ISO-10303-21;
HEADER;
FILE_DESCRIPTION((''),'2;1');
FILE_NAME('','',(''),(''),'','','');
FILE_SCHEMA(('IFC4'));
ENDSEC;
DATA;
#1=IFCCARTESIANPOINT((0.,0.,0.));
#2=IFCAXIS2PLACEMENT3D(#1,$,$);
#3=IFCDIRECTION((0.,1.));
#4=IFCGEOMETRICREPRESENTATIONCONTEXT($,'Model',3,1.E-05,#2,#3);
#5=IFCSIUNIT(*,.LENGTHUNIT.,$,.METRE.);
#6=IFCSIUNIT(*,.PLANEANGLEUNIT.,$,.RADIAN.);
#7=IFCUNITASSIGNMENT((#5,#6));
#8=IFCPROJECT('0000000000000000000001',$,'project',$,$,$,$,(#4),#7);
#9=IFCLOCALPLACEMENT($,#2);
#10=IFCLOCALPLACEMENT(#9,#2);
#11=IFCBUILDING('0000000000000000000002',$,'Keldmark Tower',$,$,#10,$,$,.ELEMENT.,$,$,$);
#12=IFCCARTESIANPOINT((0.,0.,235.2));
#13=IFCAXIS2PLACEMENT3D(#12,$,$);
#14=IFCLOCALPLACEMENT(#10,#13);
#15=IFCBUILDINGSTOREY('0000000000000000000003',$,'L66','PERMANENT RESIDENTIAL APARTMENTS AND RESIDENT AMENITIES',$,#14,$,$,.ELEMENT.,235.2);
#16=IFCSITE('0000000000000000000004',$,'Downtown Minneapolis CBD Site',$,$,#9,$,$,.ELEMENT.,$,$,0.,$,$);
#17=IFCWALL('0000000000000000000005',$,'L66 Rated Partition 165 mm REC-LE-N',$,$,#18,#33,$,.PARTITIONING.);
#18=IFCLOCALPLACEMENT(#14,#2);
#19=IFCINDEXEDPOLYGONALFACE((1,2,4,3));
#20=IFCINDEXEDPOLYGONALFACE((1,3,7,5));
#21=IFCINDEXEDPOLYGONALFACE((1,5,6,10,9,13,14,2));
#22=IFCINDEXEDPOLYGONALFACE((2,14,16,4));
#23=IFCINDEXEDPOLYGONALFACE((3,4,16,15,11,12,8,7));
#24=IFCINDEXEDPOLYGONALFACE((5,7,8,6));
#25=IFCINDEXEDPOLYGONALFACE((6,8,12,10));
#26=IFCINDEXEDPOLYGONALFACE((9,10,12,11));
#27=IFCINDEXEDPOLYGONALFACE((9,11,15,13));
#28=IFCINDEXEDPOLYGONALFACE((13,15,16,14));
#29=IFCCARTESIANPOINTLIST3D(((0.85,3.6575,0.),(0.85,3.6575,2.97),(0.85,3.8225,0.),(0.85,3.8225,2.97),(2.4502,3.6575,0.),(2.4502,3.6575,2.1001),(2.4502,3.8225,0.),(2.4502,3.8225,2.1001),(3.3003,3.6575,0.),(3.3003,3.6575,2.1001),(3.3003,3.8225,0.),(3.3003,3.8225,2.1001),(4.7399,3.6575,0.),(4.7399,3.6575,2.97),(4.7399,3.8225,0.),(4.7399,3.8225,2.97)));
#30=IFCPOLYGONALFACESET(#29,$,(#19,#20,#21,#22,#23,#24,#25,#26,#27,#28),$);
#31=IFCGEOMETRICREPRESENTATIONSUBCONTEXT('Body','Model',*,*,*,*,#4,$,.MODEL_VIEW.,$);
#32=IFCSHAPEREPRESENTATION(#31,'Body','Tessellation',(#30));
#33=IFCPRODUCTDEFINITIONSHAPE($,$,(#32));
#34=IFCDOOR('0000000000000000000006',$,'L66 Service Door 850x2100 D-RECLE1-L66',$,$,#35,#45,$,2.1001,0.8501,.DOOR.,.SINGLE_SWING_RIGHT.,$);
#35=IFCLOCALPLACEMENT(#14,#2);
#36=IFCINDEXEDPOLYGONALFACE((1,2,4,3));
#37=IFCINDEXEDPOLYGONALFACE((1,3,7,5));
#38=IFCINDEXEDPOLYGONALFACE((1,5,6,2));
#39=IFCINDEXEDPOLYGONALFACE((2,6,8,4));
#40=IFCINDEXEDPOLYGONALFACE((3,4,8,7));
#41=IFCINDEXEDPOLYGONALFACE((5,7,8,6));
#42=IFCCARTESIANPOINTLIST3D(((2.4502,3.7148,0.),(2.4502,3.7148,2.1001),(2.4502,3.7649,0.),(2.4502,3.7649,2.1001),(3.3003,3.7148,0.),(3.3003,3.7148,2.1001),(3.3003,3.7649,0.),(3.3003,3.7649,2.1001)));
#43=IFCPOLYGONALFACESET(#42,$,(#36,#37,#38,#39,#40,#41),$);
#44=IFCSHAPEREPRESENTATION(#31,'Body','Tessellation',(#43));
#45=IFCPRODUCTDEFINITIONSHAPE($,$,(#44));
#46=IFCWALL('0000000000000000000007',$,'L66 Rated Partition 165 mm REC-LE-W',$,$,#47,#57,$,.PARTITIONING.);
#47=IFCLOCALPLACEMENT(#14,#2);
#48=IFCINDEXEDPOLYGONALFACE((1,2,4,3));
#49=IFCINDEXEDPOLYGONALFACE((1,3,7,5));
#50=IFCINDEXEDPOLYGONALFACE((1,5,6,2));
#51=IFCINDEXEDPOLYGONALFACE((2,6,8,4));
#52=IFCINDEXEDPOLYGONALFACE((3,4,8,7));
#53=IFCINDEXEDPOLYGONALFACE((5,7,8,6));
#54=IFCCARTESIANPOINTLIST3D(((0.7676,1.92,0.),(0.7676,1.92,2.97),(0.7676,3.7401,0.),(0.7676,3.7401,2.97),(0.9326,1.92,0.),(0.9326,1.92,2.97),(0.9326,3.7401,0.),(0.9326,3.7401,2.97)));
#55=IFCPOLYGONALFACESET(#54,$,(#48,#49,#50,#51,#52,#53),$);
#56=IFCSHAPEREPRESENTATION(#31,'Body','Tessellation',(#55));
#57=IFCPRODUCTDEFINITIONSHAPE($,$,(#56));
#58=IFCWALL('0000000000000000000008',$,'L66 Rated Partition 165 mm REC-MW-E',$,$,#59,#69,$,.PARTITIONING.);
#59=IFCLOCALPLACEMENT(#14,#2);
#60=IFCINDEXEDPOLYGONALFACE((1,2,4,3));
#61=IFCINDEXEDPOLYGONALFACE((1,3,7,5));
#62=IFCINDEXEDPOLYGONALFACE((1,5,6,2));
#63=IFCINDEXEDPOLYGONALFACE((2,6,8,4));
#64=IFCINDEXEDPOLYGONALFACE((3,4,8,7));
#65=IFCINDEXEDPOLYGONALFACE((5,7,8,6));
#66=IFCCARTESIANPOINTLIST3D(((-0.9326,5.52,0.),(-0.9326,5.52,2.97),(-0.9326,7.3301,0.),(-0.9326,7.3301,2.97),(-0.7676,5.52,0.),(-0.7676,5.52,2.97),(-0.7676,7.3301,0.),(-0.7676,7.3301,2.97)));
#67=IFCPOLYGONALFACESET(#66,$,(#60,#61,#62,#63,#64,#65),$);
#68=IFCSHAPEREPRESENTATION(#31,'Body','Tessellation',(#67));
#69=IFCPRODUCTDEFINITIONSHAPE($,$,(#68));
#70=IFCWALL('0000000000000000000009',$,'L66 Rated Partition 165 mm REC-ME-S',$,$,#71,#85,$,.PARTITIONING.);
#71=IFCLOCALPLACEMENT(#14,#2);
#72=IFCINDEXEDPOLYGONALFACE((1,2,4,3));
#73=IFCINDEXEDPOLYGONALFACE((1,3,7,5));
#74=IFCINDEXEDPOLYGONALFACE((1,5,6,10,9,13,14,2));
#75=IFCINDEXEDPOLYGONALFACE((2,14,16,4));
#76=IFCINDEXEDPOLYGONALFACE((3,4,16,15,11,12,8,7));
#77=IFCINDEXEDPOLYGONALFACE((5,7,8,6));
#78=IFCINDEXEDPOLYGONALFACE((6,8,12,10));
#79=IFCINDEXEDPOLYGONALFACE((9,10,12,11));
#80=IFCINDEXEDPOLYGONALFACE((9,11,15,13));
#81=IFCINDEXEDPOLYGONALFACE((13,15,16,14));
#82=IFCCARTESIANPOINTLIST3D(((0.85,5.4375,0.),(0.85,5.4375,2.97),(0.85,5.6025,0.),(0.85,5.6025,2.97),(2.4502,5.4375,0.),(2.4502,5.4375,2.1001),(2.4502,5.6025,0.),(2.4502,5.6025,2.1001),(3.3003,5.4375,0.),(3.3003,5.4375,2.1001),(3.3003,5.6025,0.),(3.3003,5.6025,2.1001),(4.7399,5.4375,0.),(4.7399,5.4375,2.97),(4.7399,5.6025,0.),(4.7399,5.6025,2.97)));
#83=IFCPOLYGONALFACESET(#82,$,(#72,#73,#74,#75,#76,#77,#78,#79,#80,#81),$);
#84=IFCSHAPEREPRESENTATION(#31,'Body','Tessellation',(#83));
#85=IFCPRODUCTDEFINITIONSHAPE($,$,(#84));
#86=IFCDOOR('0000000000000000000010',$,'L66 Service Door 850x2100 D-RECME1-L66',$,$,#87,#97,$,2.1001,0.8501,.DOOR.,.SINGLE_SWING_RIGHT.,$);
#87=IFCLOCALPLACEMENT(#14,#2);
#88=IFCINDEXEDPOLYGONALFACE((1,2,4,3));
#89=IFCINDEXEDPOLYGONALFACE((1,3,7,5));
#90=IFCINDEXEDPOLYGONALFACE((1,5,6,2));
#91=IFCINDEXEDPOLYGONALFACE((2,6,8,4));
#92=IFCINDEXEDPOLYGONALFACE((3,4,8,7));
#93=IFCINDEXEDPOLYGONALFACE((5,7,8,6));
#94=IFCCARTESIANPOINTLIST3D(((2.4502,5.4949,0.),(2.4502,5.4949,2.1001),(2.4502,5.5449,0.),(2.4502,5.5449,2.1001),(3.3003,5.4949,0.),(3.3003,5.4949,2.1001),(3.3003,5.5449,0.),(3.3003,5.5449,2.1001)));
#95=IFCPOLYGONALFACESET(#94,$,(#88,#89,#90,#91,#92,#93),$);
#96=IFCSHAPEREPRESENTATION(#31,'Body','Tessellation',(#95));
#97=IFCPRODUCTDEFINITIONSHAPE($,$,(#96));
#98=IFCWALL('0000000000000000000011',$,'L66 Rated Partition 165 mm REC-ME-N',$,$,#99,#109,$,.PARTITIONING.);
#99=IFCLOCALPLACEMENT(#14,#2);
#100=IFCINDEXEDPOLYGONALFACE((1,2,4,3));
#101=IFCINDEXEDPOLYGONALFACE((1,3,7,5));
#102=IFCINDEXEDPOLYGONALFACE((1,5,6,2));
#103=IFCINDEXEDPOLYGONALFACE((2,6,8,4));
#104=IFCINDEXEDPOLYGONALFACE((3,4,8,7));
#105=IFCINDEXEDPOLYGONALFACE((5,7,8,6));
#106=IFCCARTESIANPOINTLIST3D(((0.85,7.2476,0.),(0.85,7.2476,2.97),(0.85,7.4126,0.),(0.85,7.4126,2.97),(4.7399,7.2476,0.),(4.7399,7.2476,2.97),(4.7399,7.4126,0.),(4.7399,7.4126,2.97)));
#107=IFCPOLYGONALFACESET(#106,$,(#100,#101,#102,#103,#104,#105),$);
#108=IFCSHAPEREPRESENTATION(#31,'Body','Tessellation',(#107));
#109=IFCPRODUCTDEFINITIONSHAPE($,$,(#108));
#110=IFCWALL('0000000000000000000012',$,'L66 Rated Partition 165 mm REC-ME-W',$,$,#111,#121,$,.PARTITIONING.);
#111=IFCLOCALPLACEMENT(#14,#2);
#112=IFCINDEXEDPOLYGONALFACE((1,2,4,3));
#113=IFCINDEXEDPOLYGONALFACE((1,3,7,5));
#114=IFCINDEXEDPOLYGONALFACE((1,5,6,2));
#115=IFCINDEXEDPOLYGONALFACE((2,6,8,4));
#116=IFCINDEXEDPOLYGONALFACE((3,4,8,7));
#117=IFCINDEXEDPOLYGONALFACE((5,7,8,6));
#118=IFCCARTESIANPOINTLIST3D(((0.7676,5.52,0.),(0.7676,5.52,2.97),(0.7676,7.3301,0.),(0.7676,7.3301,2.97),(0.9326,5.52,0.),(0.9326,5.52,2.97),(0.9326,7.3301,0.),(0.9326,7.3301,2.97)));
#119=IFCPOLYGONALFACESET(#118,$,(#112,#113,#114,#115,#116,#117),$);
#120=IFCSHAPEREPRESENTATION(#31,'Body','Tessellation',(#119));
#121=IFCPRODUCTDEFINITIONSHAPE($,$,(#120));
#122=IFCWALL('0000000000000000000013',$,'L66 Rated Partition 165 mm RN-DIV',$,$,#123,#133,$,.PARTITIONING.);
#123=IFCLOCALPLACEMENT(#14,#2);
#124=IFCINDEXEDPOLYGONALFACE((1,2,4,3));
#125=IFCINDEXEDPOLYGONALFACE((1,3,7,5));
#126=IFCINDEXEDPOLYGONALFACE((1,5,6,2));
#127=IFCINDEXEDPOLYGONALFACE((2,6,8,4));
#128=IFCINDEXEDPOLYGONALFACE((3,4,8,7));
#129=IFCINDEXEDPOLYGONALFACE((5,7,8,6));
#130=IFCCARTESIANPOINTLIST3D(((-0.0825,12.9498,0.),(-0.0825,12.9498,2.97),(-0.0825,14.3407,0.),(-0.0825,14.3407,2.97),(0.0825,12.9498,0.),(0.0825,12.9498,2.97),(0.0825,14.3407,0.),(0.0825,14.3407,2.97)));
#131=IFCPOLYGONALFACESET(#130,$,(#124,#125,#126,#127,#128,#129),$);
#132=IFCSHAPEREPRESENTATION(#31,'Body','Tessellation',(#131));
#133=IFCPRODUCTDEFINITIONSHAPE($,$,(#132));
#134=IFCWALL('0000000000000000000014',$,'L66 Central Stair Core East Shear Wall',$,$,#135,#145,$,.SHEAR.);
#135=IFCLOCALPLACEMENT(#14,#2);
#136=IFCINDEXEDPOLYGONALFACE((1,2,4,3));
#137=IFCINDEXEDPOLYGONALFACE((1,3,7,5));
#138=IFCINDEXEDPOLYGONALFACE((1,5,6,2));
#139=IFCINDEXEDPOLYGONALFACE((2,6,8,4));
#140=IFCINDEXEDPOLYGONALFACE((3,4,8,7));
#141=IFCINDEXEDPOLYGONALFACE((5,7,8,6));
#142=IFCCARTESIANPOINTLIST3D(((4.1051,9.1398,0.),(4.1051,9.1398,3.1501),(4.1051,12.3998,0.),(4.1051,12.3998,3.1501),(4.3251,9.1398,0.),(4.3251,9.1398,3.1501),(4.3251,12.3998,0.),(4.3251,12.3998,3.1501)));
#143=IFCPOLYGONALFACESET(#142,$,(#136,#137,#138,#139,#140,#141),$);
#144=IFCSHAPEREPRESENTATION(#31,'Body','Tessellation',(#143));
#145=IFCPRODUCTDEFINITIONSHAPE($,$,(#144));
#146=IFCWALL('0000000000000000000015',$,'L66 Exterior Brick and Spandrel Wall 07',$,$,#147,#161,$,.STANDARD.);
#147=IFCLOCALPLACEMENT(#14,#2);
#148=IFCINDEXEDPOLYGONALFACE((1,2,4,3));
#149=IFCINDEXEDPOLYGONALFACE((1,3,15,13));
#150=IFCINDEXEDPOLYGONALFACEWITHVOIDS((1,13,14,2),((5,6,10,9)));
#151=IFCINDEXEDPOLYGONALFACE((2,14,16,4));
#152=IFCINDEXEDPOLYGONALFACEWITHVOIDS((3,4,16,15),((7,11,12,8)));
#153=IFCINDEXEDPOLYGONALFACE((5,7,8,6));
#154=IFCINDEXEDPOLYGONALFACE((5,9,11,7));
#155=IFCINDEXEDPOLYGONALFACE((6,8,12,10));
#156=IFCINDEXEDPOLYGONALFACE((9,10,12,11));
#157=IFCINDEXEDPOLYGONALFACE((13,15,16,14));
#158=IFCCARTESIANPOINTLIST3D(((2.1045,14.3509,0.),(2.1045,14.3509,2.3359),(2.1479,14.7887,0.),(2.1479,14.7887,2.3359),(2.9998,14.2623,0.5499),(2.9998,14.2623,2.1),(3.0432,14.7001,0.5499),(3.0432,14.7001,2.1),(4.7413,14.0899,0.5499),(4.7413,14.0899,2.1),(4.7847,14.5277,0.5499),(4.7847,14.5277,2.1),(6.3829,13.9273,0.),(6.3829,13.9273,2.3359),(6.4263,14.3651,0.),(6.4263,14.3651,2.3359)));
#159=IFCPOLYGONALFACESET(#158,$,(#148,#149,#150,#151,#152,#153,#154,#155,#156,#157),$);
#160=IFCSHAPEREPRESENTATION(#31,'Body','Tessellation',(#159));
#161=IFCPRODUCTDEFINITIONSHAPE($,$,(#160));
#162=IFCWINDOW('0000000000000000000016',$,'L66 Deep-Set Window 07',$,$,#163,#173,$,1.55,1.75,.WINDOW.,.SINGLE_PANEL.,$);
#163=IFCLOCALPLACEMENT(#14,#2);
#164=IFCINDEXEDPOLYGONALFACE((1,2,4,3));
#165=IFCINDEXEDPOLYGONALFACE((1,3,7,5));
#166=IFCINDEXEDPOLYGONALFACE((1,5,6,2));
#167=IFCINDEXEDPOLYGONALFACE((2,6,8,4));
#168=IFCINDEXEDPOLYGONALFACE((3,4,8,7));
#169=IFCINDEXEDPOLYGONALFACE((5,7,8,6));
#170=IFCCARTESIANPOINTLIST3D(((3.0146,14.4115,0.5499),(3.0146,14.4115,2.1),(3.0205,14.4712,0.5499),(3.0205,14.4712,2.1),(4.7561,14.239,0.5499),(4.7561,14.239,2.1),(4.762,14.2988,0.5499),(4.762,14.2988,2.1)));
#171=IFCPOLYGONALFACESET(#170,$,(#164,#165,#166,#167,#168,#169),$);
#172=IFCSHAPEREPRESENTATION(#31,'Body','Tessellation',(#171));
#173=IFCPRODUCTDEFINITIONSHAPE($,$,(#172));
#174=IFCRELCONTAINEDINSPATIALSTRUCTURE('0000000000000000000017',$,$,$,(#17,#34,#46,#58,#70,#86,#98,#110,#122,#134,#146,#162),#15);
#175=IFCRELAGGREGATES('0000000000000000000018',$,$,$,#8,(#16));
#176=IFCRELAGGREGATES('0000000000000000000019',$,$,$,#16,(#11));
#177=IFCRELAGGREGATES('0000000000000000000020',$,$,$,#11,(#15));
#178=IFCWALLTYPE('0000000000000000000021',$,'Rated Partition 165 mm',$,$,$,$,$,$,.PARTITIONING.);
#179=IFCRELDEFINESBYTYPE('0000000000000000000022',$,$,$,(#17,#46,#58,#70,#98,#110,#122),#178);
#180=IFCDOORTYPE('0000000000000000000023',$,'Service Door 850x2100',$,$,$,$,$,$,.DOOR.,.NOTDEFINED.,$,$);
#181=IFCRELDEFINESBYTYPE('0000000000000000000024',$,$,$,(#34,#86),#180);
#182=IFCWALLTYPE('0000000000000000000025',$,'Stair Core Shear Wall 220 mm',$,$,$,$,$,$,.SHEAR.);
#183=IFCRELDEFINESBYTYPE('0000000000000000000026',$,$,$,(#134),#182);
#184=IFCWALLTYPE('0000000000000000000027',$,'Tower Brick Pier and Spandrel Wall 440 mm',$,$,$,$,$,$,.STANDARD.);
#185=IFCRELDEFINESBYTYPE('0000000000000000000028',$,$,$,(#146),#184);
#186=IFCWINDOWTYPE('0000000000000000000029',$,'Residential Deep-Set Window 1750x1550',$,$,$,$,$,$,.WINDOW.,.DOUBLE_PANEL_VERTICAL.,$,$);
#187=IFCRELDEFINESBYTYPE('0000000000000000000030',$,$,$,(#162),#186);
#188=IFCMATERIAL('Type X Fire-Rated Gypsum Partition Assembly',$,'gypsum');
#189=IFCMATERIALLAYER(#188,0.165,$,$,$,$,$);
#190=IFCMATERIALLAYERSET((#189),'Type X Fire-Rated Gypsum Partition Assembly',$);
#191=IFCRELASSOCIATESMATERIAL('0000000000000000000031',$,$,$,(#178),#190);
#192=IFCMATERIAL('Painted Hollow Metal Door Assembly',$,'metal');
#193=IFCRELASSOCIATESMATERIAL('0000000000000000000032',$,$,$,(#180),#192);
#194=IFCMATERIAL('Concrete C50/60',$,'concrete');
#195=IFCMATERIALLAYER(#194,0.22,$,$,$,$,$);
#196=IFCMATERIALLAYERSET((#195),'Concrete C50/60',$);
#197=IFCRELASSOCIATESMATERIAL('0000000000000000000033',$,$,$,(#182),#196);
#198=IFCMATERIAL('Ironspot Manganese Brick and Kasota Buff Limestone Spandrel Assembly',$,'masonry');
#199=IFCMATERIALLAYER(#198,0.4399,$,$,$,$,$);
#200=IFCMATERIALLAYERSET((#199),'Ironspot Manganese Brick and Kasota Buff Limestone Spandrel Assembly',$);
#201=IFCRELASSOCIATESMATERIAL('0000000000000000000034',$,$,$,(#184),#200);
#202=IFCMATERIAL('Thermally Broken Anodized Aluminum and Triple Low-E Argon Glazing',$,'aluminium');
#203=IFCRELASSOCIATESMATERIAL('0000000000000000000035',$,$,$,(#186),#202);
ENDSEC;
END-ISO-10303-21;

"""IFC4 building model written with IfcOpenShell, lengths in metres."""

from ifc_helpers import new_model, si_unit, direction, frame, frame_2d, origin, place, context, subcontext, project, spatial, rectangle, extrude, material, layer, layer_set, type_object, element, fill, save


model = new_model("IFC4")

# Units and contexts
model_context = context("Model", 3, precision=1e-05, world=origin(), true_north=direction((0.0, 1.0)))
body_context = subcontext(model_context, "Body", "Model", "MODEL_VIEW")
ifc_project = project(units=[si_unit("LENGTHUNIT", "METRE"), si_unit("PLANEANGLEUNIT", "RADIAN")], contexts=[model_context])

# Site, building, storey
site_placement = place(None, origin())
site = spatial("IfcSite", under=ifc_project, at=site_placement, Name="Downtown Minneapolis CBD Site", CompositionType="ELEMENT", RefElevation=0.0)
building_placement = place(site_placement, origin())
building = spatial("IfcBuilding", under=site, at=building_placement, Name="Keldmark Tower", CompositionType="ELEMENT")
storey_placement = place(building_placement, frame((0.0, 0.0, 235.2)))
storey = spatial("IfcBuildingStorey", under=building, at=storey_placement, Name="L66", Description="PERMANENT RESIDENTIAL APARTMENTS AND RESIDENT AMENITIES", CompositionType="ELEMENT", Elevation=235.2)

# Shared definitions
ifc_material_1 = material(Name="Type X Fire-Rated Gypsum Partition Assembly", Category="gypsum")
ifc_layer_1 = layer(ifc_material_1, 0.165)
ifc_layer_set_1 = layer_set([ifc_layer_1], Name="Type X Fire-Rated Gypsum Partition Assembly")
wall_type_1 = type_object("IfcWallType", Name="Rated Partition 165 mm", PredefinedType="PARTITIONING", material=ifc_layer_set_1)

# Wall, opening, door
wall_1_placement = place(storey_placement, frame((0.8501, 3.74, 0.0), z_axis=(0.0, 0.0, 1.0), x_axis=(1.0, 0.0, 0.0)))
wall_1 = element("IfcWall", 1, at=wall_1_placement, inside=storey, type_object=wall_type_1, Name="L66 Rated Partition 165 mm REC-LE-N", PredefinedType="PARTITIONING", context=body_context, shape_type="SweptSolid", body=[
    extrude(rectangle(XDim=3.8899, YDim=0.165, at=frame_2d((1.9448, 0.0))), origin(), (0.0, 0.0, 1.0), 2.97),
])
opening_1_placement = place(wall_1_placement, frame((1.6001, 0.0, 0.0)))
opening_1 = element("IfcOpeningElement", 2, at=opening_1_placement, cuts=wall_1, PredefinedType="OPENING", context=body_context, shape_type="SweptSolid", body=[
    extrude(rectangle(XDim=0.8501, YDim=2.1001, at=frame_2d((0.425, 1.05))), frame((0.0, 0.0925, 0.0), z_axis=(0.0, -1.0, 0.0), x_axis=(1.0, 0.0, 0.0)), (0.0, 0.0, 1.0), 0.1851),
])
ifc_material_2 = material(Name="Painted Hollow Metal Door Assembly", Category="metal")
door_type = type_object("IfcDoorType", Name="Service Door 850x2100", OperationType="NOTDEFINED", PredefinedType="DOOR", material=ifc_material_2)
door_1_placement = place(opening_1_placement, origin())
door_1 = element("IfcDoor", 3, at=door_1_placement, inside=storey, type_object=door_type, Name="L66 Service Door 850x2100 D-RECLE1-L66", OperationType="SINGLE_SWING_RIGHT", OverallHeight=2.1001, OverallWidth=0.8501, PredefinedType="DOOR", context=body_context, shape_type="SweptSolid", body=[
    extrude(rectangle(XDim=0.8501, YDim=2.1001, at=frame_2d((0.425, 1.05))), frame((0.0, 0.0249, 0.0), z_axis=(0.0, -1.0, 0.0), x_axis=(1.0, 0.0, 0.0)), (0.0, 0.0, 1.0), 0.05),
])
fill(opening_1, door_1)

# Walls
wall_2_placement = place(storey_placement, frame((0.8501, 1.9199, 0.0), z_axis=(0.0, 0.0, 1.0), x_axis=(0.0, 1.0, 0.0)))
element("IfcWall", 4, at=wall_2_placement, inside=storey, type_object=wall_type_1, Name="L66 Rated Partition 165 mm REC-LE-W", PredefinedType="PARTITIONING", context=body_context, shape_type="SweptSolid", body=[
    extrude(rectangle(XDim=1.8201, YDim=0.165, at=frame_2d((0.9102, 0.0))), origin(), (0.0, 0.0, 1.0), 2.97),
])
wall_3_placement = place(storey_placement, frame((-0.8501, 5.52, 0.0), z_axis=(0.0, 0.0, 1.0), x_axis=(0.0, 1.0, 0.0)))
element("IfcWall", 5, at=wall_3_placement, inside=storey, type_object=wall_type_1, Name="L66 Rated Partition 165 mm REC-MW-E", PredefinedType="PARTITIONING", context=body_context, shape_type="SweptSolid", body=[
    extrude(rectangle(XDim=1.8101, YDim=0.165, at=frame_2d((0.905, 0.0))), origin(), (0.0, 0.0, 1.0), 2.97),
])

# Wall, opening, door
wall_4_placement = place(storey_placement, frame((0.8501, 5.52, 0.0), z_axis=(0.0, 0.0, 1.0), x_axis=(1.0, 0.0, 0.0)))
wall_4 = element("IfcWall", 6, at=wall_4_placement, inside=storey, type_object=wall_type_1, Name="L66 Rated Partition 165 mm REC-ME-S", PredefinedType="PARTITIONING", context=body_context, shape_type="SweptSolid", body=[
    extrude(rectangle(XDim=3.8899, YDim=0.165, at=frame_2d((1.9448, 0.0))), origin(), (0.0, 0.0, 1.0), 2.97),
])
opening_2_placement = place(wall_4_placement, frame((1.6001, 0.0, 0.0)))
opening_2 = element("IfcOpeningElement", 7, at=opening_2_placement, cuts=wall_4, PredefinedType="OPENING", context=body_context, shape_type="SweptSolid", body=[
    extrude(rectangle(XDim=0.8501, YDim=2.1001, at=frame_2d((0.425, 1.05))), frame((0.0, 0.0925, 0.0), z_axis=(0.0, -1.0, 0.0), x_axis=(1.0, 0.0, 0.0)), (0.0, 0.0, 1.0), 0.1851),
])
door_2_placement = place(opening_2_placement, origin())
door_2 = element("IfcDoor", 8, at=door_2_placement, inside=storey, type_object=door_type, Name="L66 Service Door 850x2100 D-RECME1-L66", OperationType="SINGLE_SWING_RIGHT", OverallHeight=2.1001, OverallWidth=0.8501, PredefinedType="DOOR", context=body_context, shape_type="SweptSolid", body=[
    extrude(rectangle(XDim=0.8501, YDim=2.1001, at=frame_2d((0.425, 1.05))), frame((0.0, 0.0249, 0.0), z_axis=(0.0, -1.0, 0.0), x_axis=(1.0, 0.0, 0.0)), (0.0, 0.0, 1.0), 0.05),
])
fill(opening_2, door_2)

# Walls
wall_5_placement = place(storey_placement, frame((0.8501, 7.3301, 0.0), z_axis=(0.0, 0.0, 1.0), x_axis=(1.0, 0.0, 0.0)))
element("IfcWall", 9, at=wall_5_placement, inside=storey, type_object=wall_type_1, Name="L66 Rated Partition 165 mm REC-ME-N", PredefinedType="PARTITIONING", context=body_context, shape_type="SweptSolid", body=[
    extrude(rectangle(XDim=3.8899, YDim=0.165, at=frame_2d((1.9448, 0.0))), origin(), (0.0, 0.0, 1.0), 2.97),
])
wall_6_placement = place(storey_placement, frame((0.8501, 5.52, 0.0), z_axis=(0.0, 0.0, 1.0), x_axis=(0.0, 1.0, 0.0)))
element("IfcWall", 10, at=wall_6_placement, inside=storey, type_object=wall_type_1, Name="L66 Rated Partition 165 mm REC-ME-W", PredefinedType="PARTITIONING", context=body_context, shape_type="SweptSolid", body=[
    extrude(rectangle(XDim=1.8101, YDim=0.165, at=frame_2d((0.905, 0.0))), origin(), (0.0, 0.0, 1.0), 2.97),
])
wall_7_placement = place(storey_placement, frame((0.0, 12.95, 0.0), z_axis=(0.0, 0.0, 1.0), x_axis=(0.0, 1.0, 0.0)))
element("IfcWall", 11, at=wall_7_placement, inside=storey, type_object=wall_type_1, Name="L66 Rated Partition 165 mm RN-DIV", PredefinedType="PARTITIONING", context=body_context, shape_type="SweptSolid", body=[
    extrude(rectangle(XDim=1.3909, YDim=0.165, at=frame_2d((0.6953, 0.0))), origin(), (0.0, 0.0, 1.0), 2.97),
])
ifc_material_3 = material(Name="Concrete C50/60", Category="concrete")
ifc_layer_2 = layer(ifc_material_3, 0.22)
ifc_layer_set_2 = layer_set([ifc_layer_2], Name="Concrete C50/60")
wall_type_2 = type_object("IfcWallType", Name="Stair Core Shear Wall 220 mm", PredefinedType="SHEAR", material=ifc_layer_set_2)
wall_8_placement = place(storey_placement, frame((4.2151, 9.1399, 0.0), z_axis=(0.0, 0.0, 1.0), x_axis=(0.0, 1.0, 0.0)))
element("IfcWall", 12, at=wall_8_placement, inside=storey, type_object=wall_type_2, Name="L66 Central Stair Core East Shear Wall", PredefinedType="SHEAR", context=body_context, shape_type="SweptSolid", body=[
    extrude(rectangle(XDim=3.26, YDim=0.22, at=frame_2d((1.6299, 0.0))), origin(), (0.0, 0.0, 1.0), 3.1501),
])

# Wall, opening, window
ifc_material_4 = material(Name="Ironspot Manganese Brick and Kasota Buff Limestone Spandrel Assembly", Category="masonry")
ifc_layer_3 = layer(ifc_material_4, 0.4399)
ifc_layer_set_3 = layer_set([ifc_layer_3], Name="Ironspot Manganese Brick and Kasota Buff Limestone Spandrel Assembly")
wall_type_3 = type_object("IfcWallType", Name="Tower Brick Pier and Spandrel Wall 440 mm", PredefinedType="STANDARD", material=ifc_layer_set_3)
wall_9_placement = place(storey_placement, frame((2.1262, 14.5698, 0.0), z_axis=(0.0, 0.0, 1.0), x_axis=(0.995135, -0.098525, 0.0)))
wall_9 = element("IfcWall", 13, at=wall_9_placement, inside=storey, type_object=wall_type_3, Name="L66 Exterior Brick and Spandrel Wall 07", PredefinedType="STANDARD", context=body_context, shape_type="SweptSolid", body=[
    extrude(rectangle(XDim=4.2993, YDim=0.4399, at=frame_2d((2.1497, 0.0))), origin(), (0.0, 0.0, 1.0), 2.3359),
])
opening_3_placement = place(wall_9_placement, frame((0.8997, 0.0, 0.55)))
opening_3 = element("IfcOpeningElement", 14, at=opening_3_placement, cuts=wall_9, PredefinedType="OPENING", context=body_context, shape_type="SweptSolid", body=[
    extrude(rectangle(XDim=1.75, YDim=1.55, at=frame_2d((0.875, 0.7749))), frame((0.0, 0.23, 0.0), z_axis=(0.0, -1.0, 0.0), x_axis=(1.0, 0.0, 0.0)), (0.0, 0.0, 1.0), 0.46),
])
ifc_material_5 = material(Name="Thermally Broken Anodized Aluminum and Triple Low-E Argon Glazing", Category="aluminium")
window_type = type_object("IfcWindowType", Name="Residential Deep-Set Window 1750x1550", PartitioningType="DOUBLE_PANEL_VERTICAL", PredefinedType="WINDOW", material=ifc_material_5)
window_placement = place(opening_3_placement, origin())
window = element("IfcWindow", 15, at=window_placement, inside=storey, type_object=window_type, Name="L66 Deep-Set Window 07", OverallHeight=1.55, OverallWidth=1.75, PartitioningType="SINGLE_PANEL", PredefinedType="WINDOW", context=body_context, shape_type="SweptSolid", body=[
    extrude(rectangle(XDim=1.75, YDim=1.55, at=frame_2d((0.875, 0.7749))), frame((0.0, -0.01, 0.0), z_axis=(0.0, -1.0, 0.0), x_axis=(1.0, 0.0, 0.0)), (0.0, 0.0, 1.0), 0.0601),
])
fill(opening_3, window)

save(model, "model.ifc")
